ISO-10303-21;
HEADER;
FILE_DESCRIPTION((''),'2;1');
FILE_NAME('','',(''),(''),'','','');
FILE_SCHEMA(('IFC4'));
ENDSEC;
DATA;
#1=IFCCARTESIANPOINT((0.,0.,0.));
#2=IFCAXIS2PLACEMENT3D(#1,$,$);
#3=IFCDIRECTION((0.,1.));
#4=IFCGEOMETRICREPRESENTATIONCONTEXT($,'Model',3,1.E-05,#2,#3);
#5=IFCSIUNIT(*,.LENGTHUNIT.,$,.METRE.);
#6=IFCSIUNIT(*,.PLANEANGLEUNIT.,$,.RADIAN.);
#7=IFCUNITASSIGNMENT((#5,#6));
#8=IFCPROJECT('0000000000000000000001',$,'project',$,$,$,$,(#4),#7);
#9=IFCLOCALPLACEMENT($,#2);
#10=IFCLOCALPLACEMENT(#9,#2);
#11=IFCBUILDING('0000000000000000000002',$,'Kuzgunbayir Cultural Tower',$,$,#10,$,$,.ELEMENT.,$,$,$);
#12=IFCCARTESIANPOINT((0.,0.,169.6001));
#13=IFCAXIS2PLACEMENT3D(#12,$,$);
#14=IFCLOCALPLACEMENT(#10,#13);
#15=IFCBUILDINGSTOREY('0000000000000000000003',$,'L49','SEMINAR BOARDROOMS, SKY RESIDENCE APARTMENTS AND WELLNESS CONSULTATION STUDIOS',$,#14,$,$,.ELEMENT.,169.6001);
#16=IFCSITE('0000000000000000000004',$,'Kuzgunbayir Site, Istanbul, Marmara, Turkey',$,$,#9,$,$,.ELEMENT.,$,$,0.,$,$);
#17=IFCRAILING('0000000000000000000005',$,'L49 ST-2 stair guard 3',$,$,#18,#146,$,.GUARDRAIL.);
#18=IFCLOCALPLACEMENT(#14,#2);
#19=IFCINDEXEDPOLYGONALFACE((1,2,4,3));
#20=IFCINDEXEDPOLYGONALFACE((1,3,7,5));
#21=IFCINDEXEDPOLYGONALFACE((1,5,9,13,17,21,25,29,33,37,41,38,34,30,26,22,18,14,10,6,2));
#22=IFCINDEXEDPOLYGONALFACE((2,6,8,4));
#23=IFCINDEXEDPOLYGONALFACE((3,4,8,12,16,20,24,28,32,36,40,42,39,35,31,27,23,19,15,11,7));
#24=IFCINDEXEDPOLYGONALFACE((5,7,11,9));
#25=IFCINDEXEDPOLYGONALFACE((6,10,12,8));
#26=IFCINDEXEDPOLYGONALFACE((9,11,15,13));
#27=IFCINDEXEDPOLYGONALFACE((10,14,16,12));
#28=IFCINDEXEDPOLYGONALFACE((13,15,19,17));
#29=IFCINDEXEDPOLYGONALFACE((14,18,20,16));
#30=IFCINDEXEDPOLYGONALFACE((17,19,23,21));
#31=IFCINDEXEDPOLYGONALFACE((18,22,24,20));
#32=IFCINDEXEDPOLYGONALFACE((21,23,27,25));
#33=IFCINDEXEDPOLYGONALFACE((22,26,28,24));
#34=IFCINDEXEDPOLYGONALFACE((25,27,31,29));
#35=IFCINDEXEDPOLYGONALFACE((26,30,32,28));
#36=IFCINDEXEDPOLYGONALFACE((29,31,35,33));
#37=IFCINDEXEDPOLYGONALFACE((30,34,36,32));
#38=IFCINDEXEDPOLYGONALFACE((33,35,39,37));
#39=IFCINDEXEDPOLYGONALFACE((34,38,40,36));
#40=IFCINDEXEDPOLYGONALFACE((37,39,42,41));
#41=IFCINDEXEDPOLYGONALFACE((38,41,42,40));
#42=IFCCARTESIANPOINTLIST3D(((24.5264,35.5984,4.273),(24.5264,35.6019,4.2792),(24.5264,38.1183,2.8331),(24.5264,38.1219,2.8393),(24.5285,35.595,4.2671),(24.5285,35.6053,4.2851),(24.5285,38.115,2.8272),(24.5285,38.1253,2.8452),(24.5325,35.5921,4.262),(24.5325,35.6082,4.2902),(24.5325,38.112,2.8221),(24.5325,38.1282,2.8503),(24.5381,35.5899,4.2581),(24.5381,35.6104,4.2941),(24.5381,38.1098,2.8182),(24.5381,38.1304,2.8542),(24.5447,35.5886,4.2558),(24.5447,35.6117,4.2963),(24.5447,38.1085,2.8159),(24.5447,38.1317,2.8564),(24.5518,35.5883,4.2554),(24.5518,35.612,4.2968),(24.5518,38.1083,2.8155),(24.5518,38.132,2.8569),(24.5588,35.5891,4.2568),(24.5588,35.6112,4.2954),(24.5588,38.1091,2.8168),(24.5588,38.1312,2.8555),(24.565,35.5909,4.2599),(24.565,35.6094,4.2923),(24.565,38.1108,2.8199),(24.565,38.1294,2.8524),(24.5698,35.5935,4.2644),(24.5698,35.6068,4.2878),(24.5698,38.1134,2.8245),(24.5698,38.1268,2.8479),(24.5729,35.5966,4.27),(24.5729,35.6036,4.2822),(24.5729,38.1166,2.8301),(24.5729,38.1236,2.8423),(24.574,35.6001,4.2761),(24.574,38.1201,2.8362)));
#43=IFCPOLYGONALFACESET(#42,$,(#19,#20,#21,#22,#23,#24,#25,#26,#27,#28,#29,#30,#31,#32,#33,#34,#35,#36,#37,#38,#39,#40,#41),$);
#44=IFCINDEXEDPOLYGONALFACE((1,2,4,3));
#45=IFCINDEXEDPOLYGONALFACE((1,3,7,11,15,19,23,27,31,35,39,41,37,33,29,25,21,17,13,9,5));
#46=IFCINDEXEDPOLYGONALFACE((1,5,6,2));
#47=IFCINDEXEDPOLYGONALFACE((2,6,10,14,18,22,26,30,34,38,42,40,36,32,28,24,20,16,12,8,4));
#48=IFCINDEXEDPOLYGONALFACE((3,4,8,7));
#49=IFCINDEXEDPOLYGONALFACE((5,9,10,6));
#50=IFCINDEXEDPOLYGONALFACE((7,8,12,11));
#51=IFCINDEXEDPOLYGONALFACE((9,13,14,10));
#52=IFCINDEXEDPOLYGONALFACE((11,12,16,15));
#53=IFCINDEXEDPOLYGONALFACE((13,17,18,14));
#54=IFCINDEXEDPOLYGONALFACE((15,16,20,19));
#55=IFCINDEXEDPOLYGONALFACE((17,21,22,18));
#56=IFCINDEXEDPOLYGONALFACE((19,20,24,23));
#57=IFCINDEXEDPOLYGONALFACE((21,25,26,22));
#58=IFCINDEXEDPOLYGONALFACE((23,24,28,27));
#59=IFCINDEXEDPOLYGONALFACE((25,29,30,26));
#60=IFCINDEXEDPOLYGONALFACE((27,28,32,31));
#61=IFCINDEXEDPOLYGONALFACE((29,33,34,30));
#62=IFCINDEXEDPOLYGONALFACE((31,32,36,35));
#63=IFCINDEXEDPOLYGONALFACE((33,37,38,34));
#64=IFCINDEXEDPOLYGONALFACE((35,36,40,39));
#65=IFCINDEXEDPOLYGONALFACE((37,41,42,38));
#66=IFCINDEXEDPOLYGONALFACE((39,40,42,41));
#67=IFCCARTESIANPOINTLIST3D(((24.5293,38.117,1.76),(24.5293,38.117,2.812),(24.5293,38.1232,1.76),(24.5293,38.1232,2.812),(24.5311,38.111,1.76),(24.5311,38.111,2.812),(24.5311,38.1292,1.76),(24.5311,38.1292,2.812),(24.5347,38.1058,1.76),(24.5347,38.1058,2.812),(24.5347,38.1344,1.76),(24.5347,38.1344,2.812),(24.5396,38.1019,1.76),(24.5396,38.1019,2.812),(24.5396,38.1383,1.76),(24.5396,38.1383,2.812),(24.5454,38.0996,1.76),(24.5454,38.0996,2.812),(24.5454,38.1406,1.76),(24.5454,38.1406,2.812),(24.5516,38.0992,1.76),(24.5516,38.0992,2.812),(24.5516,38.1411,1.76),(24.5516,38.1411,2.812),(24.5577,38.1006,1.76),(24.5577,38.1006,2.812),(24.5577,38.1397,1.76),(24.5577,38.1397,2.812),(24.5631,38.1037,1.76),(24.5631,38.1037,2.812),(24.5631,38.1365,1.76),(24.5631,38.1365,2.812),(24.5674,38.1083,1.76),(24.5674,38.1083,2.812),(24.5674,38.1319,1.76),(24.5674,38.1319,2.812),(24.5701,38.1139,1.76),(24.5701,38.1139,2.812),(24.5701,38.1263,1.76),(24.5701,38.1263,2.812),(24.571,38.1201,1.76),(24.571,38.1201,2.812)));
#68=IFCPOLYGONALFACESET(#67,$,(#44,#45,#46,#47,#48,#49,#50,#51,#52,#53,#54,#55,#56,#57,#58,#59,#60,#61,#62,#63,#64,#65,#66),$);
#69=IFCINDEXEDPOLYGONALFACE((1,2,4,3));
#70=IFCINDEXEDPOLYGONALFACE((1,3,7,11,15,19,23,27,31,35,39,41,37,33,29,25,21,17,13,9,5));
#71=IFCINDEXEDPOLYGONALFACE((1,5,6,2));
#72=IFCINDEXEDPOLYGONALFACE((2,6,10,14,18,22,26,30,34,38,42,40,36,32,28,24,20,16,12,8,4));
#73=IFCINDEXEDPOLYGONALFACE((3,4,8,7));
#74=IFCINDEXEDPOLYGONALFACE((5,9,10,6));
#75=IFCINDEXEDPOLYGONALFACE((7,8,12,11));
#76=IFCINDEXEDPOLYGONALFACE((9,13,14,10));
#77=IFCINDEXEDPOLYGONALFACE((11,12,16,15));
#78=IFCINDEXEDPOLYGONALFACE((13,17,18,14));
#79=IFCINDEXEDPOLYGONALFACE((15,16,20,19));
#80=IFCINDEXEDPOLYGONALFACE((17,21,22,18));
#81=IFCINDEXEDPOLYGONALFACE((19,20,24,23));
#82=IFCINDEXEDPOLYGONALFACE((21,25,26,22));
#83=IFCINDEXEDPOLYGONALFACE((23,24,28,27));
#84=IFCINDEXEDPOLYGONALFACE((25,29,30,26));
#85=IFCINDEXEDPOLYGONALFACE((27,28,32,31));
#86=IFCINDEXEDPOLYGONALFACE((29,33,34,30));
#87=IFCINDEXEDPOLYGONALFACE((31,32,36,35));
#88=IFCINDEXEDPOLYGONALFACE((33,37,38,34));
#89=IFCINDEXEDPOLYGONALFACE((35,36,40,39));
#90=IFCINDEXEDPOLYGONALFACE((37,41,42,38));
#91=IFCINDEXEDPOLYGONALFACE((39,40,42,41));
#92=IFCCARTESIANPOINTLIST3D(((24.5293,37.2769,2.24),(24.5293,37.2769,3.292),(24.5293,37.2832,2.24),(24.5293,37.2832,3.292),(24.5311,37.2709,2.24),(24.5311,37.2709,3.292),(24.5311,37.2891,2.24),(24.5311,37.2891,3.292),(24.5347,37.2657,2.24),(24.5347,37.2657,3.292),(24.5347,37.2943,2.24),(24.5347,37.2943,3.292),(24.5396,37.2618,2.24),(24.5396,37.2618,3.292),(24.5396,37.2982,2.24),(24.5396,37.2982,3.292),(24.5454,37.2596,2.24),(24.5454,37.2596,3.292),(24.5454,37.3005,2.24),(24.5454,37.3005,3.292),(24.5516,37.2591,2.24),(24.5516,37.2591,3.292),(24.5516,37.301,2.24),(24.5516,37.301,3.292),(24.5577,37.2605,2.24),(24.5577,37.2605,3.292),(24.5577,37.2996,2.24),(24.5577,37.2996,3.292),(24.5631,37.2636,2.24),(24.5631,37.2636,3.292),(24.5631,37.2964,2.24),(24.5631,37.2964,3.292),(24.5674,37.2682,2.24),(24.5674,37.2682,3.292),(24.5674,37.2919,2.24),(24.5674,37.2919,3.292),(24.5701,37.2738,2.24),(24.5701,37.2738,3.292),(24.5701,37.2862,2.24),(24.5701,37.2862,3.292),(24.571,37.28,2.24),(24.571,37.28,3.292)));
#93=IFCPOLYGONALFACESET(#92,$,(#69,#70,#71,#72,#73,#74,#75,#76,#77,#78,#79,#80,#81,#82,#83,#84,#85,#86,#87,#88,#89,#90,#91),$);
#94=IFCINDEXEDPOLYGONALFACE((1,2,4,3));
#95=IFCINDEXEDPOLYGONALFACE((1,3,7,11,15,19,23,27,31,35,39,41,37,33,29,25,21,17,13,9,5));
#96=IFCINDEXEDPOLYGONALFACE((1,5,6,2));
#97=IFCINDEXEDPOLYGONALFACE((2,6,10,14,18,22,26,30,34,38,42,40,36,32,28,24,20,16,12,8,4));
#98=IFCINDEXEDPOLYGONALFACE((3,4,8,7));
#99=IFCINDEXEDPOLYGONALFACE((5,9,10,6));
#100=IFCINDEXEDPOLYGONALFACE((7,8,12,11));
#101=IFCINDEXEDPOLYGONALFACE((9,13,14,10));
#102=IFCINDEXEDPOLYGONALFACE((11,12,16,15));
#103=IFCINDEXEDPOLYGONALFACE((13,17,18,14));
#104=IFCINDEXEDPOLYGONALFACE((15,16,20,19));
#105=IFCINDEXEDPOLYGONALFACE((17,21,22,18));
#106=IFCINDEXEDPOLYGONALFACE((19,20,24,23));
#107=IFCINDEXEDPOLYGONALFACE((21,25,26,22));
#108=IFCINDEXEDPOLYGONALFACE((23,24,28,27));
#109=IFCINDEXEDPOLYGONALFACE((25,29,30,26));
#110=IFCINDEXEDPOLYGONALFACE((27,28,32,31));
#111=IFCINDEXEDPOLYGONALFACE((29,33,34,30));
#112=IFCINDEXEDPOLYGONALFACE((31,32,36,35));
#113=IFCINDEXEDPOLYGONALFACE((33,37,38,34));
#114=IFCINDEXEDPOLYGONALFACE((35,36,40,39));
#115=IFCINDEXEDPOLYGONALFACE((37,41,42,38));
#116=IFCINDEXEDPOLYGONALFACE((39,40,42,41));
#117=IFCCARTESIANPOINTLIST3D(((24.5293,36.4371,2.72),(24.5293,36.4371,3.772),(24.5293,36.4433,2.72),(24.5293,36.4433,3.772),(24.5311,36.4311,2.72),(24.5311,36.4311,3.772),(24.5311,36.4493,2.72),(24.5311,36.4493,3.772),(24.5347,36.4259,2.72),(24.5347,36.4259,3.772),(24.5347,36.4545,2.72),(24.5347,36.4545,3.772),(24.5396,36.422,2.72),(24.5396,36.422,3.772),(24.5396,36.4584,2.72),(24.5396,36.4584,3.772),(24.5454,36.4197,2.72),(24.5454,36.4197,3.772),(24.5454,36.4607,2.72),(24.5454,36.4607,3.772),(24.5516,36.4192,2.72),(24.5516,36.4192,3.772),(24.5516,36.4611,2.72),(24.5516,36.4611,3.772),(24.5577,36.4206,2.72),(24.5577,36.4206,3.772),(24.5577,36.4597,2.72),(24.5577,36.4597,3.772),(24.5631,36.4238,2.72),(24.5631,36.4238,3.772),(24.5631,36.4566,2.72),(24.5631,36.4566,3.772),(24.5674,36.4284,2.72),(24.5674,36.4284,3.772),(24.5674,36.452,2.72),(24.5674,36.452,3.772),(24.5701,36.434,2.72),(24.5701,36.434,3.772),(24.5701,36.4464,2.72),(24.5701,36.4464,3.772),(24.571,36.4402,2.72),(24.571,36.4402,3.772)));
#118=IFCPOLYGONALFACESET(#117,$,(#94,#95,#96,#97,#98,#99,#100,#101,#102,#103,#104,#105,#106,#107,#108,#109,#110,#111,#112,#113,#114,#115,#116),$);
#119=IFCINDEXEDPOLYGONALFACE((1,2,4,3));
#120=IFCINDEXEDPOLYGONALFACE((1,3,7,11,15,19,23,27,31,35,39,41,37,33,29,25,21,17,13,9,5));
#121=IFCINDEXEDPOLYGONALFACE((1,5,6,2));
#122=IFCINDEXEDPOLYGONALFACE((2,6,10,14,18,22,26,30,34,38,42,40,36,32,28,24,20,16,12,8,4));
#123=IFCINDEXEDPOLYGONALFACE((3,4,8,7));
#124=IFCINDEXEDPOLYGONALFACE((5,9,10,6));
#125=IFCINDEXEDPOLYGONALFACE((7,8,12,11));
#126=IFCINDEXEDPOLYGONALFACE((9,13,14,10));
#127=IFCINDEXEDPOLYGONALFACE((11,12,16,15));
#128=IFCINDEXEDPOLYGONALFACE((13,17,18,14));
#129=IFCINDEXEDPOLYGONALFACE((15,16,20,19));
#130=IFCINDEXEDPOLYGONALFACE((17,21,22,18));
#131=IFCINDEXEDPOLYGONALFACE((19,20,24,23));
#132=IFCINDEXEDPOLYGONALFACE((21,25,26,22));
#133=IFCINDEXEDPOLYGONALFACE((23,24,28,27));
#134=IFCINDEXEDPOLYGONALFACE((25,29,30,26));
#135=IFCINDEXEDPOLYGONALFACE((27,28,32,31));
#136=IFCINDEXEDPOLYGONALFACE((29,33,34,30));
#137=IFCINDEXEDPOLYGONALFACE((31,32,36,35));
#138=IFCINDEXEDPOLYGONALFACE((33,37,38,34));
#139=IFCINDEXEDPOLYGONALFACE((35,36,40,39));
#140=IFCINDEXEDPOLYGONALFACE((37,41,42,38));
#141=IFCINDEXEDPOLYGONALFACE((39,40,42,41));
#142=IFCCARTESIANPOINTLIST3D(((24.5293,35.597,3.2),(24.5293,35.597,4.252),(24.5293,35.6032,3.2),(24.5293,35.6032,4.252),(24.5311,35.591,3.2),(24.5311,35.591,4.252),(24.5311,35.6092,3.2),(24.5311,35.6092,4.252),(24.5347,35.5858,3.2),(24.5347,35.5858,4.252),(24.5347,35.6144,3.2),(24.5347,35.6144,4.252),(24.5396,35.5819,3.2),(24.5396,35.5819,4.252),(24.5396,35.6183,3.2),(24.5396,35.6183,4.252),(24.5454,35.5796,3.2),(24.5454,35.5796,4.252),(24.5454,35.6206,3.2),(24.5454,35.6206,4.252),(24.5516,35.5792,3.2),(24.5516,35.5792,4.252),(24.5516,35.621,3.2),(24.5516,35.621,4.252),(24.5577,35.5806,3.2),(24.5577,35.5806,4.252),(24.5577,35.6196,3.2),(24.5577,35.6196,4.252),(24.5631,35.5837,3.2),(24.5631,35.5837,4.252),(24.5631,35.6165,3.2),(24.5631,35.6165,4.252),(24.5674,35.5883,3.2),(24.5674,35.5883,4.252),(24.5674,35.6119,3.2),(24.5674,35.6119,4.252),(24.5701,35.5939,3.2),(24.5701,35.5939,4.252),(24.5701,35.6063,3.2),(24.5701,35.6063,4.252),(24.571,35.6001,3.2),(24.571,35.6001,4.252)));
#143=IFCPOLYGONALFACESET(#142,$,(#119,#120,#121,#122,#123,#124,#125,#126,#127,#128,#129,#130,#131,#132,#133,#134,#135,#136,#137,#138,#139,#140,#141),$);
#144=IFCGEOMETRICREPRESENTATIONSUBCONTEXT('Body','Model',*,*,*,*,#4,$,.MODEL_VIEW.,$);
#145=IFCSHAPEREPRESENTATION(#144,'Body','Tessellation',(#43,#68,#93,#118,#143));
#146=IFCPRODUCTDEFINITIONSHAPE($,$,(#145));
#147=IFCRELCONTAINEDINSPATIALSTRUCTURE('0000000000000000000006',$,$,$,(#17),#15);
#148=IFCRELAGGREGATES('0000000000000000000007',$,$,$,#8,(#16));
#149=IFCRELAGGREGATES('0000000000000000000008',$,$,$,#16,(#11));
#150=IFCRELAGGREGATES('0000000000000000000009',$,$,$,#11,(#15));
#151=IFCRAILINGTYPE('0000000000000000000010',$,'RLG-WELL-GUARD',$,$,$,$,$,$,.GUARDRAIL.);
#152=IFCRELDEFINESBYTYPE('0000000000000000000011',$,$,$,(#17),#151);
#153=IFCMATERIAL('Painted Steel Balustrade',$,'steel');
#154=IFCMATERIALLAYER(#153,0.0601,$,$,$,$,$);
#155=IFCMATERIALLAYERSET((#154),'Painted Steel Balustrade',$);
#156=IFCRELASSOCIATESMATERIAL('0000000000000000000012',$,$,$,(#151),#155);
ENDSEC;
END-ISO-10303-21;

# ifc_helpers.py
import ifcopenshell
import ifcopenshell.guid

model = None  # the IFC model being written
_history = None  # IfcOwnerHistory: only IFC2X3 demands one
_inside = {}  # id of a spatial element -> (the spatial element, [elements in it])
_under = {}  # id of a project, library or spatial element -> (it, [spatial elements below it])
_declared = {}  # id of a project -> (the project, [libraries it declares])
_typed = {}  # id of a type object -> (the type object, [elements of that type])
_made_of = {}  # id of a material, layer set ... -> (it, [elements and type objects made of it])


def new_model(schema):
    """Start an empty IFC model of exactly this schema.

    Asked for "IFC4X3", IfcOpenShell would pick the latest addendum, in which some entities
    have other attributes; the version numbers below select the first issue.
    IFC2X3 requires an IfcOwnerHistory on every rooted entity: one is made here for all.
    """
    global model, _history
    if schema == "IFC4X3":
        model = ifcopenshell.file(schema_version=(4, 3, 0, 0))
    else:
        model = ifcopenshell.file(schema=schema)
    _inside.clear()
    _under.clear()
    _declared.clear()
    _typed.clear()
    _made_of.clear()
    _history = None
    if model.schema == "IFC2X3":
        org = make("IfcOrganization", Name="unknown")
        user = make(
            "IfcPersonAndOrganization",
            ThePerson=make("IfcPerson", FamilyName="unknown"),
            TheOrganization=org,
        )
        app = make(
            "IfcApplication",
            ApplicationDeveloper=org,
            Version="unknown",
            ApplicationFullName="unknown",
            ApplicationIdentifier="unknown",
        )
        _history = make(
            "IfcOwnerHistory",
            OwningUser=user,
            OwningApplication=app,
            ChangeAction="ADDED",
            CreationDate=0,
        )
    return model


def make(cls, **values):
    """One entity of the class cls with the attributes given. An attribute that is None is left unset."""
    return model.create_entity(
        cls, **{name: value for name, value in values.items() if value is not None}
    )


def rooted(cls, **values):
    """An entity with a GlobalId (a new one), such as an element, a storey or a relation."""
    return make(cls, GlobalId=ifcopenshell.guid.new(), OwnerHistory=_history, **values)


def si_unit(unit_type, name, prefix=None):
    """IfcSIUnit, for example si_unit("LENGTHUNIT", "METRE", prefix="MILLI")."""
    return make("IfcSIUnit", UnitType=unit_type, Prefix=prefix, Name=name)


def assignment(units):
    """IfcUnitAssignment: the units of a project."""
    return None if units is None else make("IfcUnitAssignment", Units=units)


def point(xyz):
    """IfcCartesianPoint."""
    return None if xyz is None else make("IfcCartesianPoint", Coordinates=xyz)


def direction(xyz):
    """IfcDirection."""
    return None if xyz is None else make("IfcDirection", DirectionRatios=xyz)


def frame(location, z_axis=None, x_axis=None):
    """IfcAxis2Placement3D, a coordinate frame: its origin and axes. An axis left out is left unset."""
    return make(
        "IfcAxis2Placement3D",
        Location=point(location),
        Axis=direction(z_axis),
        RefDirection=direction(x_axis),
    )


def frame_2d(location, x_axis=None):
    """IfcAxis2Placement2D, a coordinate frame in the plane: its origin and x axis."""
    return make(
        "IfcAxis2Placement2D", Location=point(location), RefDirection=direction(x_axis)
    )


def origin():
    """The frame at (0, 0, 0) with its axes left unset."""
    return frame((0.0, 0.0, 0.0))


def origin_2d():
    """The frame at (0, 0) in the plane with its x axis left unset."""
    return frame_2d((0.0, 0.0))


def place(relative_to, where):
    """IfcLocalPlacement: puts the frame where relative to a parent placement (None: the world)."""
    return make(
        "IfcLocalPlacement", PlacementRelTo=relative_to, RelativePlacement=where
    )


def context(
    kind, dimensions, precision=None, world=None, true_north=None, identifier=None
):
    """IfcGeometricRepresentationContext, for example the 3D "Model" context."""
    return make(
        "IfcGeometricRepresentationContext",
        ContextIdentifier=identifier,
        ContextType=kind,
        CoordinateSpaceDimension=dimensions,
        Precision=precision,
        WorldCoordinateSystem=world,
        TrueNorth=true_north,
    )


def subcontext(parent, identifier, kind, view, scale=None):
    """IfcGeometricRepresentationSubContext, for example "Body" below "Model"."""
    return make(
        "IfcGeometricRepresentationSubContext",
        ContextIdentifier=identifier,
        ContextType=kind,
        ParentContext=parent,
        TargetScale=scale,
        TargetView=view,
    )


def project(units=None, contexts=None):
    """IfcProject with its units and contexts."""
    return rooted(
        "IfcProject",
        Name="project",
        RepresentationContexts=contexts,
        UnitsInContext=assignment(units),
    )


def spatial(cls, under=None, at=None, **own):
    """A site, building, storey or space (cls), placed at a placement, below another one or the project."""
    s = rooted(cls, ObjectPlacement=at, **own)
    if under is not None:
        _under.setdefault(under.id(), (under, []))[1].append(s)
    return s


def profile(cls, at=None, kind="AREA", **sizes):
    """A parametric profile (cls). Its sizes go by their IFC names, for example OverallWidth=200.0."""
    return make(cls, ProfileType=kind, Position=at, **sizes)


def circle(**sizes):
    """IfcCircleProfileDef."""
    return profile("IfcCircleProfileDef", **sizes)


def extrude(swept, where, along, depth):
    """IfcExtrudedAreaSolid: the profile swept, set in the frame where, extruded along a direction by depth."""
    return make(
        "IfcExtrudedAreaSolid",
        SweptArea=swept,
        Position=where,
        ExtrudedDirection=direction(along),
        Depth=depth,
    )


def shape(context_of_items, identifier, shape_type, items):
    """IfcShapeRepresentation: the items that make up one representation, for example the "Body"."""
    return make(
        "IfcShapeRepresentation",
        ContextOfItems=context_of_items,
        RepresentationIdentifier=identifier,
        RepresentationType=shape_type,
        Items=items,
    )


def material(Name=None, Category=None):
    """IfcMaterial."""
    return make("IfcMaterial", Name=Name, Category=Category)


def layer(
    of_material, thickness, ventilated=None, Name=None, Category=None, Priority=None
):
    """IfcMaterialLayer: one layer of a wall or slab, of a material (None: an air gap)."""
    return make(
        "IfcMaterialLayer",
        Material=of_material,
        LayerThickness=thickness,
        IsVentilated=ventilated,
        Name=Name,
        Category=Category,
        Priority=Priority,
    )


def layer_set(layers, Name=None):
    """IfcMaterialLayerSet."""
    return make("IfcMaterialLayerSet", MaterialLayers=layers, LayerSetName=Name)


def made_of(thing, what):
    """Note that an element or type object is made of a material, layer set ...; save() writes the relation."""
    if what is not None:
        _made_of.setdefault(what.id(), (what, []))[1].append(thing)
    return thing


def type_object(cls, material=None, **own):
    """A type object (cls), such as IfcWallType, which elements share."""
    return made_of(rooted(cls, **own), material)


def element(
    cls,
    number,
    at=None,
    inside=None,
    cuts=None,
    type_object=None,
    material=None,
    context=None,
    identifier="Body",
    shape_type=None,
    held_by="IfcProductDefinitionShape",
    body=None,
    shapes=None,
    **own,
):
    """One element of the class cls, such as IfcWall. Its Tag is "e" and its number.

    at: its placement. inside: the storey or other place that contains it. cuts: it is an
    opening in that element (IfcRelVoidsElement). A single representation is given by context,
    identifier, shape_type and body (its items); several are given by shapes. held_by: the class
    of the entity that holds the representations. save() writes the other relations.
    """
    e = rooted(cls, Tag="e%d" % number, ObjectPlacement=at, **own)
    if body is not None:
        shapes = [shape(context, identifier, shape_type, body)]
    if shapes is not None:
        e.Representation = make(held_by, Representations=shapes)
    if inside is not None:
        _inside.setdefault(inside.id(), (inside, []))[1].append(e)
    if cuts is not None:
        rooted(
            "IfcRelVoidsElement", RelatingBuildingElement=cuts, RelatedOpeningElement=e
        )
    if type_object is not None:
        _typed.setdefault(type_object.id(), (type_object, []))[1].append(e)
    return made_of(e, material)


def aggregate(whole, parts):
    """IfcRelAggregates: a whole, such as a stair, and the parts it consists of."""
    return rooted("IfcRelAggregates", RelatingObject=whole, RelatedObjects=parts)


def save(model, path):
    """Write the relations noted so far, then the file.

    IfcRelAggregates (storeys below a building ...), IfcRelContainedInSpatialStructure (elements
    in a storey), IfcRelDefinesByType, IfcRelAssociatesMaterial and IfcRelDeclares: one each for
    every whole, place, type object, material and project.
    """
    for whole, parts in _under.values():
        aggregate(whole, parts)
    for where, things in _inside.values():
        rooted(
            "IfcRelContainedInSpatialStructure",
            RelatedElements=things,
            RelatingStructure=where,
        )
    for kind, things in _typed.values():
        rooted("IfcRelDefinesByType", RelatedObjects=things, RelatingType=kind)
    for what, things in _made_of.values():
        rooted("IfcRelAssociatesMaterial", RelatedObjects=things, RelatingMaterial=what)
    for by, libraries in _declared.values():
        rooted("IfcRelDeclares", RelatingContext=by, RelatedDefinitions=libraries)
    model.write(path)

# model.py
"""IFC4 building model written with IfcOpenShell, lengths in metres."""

from ifc_helpers import new_model, si_unit, direction, frame, origin, origin_2d, place, context, subcontext, project, spatial, circle, extrude, material, layer, layer_set, type_object, element, save


model = new_model("IFC4")

# Units and contexts
model_context = context("Model", 3, precision=1e-05, world=origin(), true_north=direction((0.0, 1.0)))
body_context = subcontext(model_context, "Body", "Model", "MODEL_VIEW")
ifc_project = project(units=[si_unit("LENGTHUNIT", "METRE"), si_unit("PLANEANGLEUNIT", "RADIAN")], contexts=[model_context])

# Site, building, storey
site_placement = place(None, origin())
site = spatial("IfcSite", under=ifc_project, at=site_placement, Name="Kuzgunbayir Site, Istanbul, Marmara, Turkey", CompositionType="ELEMENT", RefElevation=0.0)
building_placement = place(site_placement, origin())
building = spatial("IfcBuilding", under=site, at=building_placement, Name="Kuzgunbayir Cultural Tower", CompositionType="ELEMENT")
storey_placement = place(building_placement, frame((0.0, 0.0, 169.6001)))
storey = spatial("IfcBuildingStorey", under=building, at=storey_placement, Name="L49", Description="SEMINAR BOARDROOMS, SKY RESIDENCE APARTMENTS AND WELLNESS CONSULTATION STUDIOS", CompositionType="ELEMENT", Elevation=169.6001)

# Railing
ifc_material_1 = material(Name="Painted Steel Balustrade", Category="steel")
ifc_layer_1 = layer(ifc_material_1, 0.0601)
ifc_layer_set_1 = layer_set([ifc_layer_1], Name="Painted Steel Balustrade")
railing_type_1 = type_object("IfcRailingType", Name="RLG-WELL-GUARD", PredefinedType="GUARDRAIL", material=ifc_layer_set_1)
railing_1_placement = place(storey_placement, frame((24.55, 38.1201, 1.76)))
element("IfcRailing", 1, at=railing_1_placement, inside=storey, type_object=railing_type_1, Name="L49 ST-2 stair guard 3", PredefinedType="GUARDRAIL", context=body_context, shape_type="SweptSolid", body=[
    extrude(circle(Radius=0.0239, at=origin_2d()), frame((0.0, 0.0, 1.0762), z_axis=(0.0, -0.868253, 0.496121), x_axis=(1.0, 0.0, 0.0)), (0.0, 0.0, 1.0), 2.9023),
    extrude(circle(Radius=0.021, at=origin_2d()), origin(), (0.0, 0.0, 1.0), 1.052),
    extrude(circle(Radius=0.021, at=origin_2d()), frame((0.0, -0.8401, 0.48)), (0.0, 0.0, 1.0), 1.052),
    extrude(circle(Radius=0.021, at=origin_2d()), frame((0.0, -1.6799, 0.96)), (0.0, 0.0, 1.0), 1.052),
    extrude(circle(Radius=0.021, at=origin_2d()), frame((0.0, -2.52, 1.4399)), (0.0, 0.0, 1.0), 1.052),
])

save(model, "model.ifc")
